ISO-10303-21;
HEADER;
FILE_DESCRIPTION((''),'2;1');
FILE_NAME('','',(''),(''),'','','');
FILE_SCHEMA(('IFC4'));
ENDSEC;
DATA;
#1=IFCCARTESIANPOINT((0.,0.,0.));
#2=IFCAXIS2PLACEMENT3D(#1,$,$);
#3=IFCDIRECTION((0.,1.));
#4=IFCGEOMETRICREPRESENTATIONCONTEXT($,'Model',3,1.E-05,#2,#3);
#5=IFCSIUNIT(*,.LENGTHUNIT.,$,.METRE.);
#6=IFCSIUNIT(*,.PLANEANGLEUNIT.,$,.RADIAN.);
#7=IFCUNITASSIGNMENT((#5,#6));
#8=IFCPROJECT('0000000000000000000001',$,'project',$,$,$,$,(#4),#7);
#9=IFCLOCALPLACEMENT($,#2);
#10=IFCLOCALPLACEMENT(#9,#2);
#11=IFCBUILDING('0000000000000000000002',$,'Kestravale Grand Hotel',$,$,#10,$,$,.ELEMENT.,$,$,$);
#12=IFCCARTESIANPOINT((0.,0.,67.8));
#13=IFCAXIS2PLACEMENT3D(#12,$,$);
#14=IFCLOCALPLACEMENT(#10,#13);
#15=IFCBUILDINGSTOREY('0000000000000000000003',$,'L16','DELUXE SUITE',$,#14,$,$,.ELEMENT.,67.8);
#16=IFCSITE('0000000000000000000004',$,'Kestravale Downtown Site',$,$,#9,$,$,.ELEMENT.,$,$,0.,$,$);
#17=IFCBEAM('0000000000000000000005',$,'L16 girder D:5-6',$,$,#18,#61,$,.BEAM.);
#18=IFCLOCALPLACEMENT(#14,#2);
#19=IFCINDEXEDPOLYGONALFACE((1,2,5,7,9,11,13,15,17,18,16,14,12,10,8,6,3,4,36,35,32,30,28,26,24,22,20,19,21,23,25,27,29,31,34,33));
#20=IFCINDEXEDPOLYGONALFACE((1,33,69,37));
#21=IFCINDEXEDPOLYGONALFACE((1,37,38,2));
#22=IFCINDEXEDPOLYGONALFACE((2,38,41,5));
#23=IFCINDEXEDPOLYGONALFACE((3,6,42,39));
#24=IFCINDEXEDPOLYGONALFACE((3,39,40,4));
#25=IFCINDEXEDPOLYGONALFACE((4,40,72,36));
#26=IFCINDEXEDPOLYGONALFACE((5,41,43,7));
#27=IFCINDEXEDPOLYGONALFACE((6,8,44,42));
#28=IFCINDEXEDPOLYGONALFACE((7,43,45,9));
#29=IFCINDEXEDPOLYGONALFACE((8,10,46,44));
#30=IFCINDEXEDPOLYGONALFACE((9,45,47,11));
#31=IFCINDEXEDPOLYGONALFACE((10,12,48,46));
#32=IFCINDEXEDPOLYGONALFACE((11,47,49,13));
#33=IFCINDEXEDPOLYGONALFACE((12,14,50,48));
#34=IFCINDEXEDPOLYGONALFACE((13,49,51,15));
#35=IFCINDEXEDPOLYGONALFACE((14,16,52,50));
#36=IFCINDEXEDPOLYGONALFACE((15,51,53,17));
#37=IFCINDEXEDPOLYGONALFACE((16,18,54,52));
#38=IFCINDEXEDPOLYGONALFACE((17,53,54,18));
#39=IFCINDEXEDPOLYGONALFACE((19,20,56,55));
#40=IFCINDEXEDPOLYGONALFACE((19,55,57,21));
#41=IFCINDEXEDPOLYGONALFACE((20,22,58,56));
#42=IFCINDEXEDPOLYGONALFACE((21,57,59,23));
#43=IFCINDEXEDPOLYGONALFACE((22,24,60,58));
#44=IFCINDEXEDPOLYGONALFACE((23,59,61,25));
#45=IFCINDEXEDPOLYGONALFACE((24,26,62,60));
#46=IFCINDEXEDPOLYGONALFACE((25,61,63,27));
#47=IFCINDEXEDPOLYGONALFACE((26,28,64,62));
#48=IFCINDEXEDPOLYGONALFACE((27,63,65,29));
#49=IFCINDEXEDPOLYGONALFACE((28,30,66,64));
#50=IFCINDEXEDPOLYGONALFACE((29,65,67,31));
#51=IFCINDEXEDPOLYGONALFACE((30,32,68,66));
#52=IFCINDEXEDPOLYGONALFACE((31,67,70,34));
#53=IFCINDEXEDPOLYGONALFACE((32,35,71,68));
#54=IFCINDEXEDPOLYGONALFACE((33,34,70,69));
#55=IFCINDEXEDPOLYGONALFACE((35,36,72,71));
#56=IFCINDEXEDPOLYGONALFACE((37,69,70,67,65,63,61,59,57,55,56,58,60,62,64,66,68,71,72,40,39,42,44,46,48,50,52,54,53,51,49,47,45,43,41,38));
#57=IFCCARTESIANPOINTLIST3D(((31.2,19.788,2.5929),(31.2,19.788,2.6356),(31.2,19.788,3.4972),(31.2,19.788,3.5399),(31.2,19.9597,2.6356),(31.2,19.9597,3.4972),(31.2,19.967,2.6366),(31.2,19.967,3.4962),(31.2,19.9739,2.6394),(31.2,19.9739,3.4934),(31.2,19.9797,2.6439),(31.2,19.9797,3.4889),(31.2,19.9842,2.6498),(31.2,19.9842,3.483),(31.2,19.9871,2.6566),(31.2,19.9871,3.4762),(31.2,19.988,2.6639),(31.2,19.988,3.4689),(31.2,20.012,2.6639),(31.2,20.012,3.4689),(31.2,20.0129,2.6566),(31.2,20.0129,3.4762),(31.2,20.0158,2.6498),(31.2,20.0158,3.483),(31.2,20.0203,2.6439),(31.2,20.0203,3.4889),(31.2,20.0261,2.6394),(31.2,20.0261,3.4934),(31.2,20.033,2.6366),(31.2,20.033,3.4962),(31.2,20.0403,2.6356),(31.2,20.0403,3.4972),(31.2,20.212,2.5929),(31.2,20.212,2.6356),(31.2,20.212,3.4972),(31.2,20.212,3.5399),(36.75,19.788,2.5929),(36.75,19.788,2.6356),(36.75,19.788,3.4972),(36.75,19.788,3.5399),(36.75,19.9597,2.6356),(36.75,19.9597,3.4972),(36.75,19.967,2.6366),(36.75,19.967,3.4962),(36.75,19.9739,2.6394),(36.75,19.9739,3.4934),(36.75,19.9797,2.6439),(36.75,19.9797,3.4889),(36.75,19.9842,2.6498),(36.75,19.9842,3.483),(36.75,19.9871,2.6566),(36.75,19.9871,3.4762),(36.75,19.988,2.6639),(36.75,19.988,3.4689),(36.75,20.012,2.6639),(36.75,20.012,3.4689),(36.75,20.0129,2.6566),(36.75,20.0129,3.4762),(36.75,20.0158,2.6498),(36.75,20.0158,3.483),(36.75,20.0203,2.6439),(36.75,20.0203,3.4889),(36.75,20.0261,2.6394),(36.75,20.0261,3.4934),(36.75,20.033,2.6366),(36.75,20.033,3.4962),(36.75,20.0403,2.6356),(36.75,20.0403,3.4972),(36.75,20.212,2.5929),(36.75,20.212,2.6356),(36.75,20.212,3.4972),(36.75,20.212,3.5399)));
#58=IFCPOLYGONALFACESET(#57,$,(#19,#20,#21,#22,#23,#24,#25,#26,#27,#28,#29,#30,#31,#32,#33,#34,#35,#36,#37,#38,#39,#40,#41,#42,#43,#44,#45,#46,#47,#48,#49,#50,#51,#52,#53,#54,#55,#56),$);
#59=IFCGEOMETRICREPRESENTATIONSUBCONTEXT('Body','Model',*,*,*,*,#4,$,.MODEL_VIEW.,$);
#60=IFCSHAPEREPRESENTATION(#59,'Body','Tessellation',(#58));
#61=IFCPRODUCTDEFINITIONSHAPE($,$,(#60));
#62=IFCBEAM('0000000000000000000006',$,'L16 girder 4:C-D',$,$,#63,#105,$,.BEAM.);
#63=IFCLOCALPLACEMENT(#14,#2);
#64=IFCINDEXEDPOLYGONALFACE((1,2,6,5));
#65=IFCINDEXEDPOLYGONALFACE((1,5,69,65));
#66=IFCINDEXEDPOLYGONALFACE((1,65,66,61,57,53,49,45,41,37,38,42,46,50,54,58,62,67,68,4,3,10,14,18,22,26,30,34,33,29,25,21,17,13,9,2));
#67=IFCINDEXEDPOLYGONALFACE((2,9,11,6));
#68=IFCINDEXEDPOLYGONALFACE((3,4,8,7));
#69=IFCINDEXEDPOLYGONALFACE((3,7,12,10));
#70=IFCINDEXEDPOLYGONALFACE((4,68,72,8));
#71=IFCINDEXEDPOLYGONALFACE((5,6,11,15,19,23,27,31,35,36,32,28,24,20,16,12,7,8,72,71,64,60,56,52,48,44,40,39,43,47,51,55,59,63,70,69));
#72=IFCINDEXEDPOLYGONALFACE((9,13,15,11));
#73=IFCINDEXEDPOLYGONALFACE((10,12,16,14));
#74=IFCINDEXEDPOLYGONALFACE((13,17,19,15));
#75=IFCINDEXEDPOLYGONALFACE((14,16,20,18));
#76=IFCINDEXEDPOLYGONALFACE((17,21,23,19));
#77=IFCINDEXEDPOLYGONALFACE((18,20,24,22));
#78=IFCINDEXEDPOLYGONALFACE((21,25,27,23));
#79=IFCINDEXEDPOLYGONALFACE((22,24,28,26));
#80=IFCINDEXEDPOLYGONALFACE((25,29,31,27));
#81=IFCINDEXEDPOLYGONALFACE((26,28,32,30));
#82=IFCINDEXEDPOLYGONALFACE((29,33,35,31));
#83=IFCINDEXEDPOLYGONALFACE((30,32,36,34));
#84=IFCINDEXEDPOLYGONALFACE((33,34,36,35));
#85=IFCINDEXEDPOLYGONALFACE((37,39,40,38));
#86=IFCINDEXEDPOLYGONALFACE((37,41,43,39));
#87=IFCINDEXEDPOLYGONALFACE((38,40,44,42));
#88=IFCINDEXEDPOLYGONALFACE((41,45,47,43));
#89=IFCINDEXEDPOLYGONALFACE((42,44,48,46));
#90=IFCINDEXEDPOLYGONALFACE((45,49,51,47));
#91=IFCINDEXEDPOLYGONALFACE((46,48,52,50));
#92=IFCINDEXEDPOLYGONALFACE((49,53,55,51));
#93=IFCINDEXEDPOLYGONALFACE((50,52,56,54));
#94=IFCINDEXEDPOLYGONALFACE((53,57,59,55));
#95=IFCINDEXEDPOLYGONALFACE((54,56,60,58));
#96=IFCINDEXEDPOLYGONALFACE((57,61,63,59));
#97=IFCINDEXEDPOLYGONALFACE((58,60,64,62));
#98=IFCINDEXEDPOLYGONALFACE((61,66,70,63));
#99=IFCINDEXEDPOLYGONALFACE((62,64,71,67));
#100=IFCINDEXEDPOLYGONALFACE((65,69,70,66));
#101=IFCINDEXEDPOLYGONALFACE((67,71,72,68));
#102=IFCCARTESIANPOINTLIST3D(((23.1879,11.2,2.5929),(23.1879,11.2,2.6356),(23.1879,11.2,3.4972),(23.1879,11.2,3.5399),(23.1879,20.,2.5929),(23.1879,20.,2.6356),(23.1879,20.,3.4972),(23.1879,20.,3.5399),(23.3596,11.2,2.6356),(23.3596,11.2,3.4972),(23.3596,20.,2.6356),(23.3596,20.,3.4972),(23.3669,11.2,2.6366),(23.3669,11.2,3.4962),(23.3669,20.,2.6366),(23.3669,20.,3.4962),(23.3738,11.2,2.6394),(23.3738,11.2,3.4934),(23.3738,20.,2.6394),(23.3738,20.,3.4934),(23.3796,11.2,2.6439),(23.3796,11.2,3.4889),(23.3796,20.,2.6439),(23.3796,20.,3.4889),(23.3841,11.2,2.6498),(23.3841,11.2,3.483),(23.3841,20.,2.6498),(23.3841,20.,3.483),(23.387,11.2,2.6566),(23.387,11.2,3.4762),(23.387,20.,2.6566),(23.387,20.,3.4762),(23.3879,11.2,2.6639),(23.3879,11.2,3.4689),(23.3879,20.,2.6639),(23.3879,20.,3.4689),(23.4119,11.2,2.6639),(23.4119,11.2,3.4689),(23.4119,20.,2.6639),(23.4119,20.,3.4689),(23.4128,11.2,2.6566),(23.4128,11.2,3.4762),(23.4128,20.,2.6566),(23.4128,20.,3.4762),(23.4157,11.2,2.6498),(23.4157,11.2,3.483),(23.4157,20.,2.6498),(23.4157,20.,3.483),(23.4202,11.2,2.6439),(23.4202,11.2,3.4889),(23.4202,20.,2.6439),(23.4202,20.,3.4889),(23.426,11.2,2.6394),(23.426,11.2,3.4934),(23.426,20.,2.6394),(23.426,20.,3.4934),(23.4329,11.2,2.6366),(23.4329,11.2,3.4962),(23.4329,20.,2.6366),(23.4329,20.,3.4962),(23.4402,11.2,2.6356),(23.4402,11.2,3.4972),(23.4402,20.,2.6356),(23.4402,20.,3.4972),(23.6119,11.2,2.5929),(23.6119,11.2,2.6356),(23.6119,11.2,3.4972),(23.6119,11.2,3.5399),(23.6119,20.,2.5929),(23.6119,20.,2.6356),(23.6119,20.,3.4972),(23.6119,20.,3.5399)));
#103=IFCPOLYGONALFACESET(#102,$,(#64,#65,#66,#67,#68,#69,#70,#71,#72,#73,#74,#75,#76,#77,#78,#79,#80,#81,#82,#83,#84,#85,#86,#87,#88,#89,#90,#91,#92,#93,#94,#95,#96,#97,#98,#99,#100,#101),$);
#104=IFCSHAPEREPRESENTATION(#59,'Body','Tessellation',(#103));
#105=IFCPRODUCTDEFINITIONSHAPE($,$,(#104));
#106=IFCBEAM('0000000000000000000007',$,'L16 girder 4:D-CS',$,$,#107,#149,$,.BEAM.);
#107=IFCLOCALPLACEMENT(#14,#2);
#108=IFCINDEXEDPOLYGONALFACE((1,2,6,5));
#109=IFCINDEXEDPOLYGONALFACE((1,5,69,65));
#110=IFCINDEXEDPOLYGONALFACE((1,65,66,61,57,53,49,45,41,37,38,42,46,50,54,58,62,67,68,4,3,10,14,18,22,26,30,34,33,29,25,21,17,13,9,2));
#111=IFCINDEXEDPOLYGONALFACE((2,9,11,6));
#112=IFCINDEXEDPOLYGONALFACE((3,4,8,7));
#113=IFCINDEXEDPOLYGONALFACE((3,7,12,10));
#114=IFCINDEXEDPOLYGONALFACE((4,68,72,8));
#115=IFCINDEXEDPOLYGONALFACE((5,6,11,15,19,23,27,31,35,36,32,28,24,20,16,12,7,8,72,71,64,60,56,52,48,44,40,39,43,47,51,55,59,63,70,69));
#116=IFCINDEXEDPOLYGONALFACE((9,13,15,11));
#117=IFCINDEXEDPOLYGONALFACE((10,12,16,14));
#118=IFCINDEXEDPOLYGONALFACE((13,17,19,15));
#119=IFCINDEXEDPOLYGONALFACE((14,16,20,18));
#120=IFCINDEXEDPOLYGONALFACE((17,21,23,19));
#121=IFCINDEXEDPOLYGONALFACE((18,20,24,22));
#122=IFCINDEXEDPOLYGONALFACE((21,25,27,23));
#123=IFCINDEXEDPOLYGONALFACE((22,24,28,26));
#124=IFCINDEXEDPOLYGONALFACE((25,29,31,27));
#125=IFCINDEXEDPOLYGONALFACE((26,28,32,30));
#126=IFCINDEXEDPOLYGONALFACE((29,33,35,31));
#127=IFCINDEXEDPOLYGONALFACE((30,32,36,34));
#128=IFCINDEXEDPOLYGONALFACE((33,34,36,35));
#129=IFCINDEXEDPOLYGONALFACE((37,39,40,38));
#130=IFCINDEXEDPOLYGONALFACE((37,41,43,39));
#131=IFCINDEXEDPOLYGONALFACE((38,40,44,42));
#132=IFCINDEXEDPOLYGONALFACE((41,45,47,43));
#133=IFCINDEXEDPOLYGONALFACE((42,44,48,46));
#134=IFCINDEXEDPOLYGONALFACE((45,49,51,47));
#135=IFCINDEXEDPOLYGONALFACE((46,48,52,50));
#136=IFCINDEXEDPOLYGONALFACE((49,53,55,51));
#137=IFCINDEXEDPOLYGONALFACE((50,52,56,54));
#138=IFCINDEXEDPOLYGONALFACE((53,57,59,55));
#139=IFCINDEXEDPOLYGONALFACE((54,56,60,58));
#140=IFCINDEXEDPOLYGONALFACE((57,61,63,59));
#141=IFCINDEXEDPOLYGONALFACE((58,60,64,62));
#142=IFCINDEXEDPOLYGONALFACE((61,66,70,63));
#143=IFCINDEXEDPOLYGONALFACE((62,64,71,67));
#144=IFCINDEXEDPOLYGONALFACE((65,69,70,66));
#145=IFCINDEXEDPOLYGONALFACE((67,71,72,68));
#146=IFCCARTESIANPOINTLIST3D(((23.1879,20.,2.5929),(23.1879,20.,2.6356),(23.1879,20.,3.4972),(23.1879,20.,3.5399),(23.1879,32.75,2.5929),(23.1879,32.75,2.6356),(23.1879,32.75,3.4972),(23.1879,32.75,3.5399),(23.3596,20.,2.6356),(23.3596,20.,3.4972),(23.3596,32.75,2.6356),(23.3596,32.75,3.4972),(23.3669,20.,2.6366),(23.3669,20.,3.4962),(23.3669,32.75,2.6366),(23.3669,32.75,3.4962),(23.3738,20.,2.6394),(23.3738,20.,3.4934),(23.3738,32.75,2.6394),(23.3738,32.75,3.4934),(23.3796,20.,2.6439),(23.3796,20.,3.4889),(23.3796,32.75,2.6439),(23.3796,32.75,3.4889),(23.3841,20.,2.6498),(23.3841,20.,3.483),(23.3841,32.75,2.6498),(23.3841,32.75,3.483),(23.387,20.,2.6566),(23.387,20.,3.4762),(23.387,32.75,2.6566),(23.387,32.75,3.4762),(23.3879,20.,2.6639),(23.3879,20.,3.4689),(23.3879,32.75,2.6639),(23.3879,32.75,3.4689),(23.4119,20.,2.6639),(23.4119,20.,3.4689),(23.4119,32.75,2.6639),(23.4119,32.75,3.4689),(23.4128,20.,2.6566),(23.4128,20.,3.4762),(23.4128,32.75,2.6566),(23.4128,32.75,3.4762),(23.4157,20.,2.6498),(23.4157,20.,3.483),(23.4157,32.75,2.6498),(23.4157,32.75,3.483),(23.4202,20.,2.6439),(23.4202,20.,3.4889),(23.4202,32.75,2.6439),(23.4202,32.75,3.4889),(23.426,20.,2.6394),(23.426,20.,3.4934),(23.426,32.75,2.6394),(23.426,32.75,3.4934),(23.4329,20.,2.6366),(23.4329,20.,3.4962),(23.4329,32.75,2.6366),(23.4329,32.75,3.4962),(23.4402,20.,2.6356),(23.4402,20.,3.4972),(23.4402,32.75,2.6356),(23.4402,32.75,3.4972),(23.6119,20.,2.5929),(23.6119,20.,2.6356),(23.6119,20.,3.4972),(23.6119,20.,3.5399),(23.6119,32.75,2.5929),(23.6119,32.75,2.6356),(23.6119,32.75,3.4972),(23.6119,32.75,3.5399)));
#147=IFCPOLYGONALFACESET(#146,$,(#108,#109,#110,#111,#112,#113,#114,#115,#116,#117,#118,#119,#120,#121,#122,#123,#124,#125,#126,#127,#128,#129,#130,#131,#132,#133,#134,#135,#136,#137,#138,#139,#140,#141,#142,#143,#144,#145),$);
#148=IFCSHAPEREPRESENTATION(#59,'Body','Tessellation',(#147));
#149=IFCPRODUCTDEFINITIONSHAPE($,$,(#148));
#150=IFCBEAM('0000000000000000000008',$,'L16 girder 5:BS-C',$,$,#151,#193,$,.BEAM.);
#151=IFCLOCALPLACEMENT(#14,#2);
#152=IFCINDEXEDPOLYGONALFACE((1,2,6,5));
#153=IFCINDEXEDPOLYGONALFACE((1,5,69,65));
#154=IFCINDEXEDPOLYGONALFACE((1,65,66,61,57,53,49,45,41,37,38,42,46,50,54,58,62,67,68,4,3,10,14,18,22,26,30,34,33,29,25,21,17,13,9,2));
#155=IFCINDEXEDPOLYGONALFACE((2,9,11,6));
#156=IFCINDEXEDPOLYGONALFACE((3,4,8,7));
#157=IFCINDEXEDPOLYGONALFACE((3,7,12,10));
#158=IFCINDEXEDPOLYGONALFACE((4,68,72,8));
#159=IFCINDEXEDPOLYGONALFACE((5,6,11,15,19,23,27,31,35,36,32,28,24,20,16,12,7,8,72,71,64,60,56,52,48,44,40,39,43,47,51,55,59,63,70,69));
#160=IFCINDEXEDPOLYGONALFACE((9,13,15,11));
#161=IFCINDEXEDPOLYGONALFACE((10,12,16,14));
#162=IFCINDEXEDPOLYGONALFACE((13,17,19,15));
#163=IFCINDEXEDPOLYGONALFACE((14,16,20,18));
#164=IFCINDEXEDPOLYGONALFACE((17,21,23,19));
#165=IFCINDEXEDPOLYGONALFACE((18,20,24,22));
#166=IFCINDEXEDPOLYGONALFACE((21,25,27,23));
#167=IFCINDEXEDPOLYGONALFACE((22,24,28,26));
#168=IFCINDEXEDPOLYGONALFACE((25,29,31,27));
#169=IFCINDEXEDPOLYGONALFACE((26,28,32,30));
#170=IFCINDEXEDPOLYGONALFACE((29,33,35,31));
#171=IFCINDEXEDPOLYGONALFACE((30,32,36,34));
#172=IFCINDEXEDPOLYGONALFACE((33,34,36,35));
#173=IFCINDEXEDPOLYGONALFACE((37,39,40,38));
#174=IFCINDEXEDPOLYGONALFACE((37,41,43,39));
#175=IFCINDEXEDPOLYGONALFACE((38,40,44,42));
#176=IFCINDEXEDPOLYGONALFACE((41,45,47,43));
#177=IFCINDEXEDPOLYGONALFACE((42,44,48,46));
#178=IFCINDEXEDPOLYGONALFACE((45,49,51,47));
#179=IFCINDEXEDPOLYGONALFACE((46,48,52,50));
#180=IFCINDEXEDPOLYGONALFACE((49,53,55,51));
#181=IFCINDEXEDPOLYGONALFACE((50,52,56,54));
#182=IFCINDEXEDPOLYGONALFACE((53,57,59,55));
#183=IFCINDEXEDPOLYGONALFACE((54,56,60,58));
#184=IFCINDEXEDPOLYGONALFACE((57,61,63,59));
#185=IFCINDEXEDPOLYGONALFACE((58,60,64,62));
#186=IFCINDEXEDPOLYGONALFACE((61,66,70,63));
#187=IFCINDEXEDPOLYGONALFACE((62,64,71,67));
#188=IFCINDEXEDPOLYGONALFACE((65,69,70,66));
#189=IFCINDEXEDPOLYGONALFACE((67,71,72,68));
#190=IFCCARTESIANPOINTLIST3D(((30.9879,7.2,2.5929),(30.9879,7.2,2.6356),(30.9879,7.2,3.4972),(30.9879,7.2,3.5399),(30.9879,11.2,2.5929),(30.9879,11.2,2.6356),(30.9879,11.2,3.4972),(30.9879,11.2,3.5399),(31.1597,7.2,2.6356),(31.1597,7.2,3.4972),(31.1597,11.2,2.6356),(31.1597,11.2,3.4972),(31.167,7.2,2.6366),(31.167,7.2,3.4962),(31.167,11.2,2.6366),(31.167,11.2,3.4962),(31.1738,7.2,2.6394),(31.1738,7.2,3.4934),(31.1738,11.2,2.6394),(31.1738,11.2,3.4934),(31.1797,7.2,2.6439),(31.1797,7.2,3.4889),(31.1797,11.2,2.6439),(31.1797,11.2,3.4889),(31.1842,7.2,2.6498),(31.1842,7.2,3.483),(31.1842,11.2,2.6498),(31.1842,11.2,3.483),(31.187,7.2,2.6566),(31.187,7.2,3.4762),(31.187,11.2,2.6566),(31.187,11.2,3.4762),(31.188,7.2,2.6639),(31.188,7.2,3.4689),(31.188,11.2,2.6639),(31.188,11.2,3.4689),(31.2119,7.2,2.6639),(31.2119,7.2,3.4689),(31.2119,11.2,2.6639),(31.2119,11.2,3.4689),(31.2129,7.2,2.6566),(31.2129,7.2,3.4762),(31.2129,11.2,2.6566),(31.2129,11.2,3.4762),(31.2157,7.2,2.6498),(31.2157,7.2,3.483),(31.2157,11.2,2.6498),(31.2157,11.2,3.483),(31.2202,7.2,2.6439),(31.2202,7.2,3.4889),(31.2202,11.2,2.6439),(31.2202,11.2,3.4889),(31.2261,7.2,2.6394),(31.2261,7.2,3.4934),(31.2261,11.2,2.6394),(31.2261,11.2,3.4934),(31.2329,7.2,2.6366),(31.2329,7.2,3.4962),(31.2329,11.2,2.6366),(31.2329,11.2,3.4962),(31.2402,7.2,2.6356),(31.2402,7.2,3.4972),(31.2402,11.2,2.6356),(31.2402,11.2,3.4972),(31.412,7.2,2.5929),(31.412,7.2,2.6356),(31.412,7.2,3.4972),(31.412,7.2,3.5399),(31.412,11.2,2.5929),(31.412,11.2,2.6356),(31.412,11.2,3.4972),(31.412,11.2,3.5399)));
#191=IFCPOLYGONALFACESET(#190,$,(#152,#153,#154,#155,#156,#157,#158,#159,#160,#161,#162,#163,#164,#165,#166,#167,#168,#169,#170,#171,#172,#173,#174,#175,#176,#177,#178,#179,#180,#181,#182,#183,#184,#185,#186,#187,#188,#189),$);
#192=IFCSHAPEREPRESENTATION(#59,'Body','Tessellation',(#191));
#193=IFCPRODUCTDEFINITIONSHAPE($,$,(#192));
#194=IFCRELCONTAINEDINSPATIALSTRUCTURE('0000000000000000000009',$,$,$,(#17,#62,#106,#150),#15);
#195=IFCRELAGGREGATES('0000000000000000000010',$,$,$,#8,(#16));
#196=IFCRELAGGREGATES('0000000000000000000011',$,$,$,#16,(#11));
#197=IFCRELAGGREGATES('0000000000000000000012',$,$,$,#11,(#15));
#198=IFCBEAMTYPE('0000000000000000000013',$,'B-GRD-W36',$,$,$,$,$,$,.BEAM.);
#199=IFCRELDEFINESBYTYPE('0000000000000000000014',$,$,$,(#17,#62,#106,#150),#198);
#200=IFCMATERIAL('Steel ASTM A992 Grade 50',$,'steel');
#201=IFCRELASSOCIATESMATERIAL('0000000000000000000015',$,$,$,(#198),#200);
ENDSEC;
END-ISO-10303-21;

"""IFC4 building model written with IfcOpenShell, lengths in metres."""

from ifc_helpers import new_model, si_unit, direction, frame, origin, origin_2d, place, context, subcontext, project, spatial, i_section, extrude, material, material_profile, profile_set, type_object, element, save


model = new_model("IFC4")

# Units and contexts
model_context = context("Model", 3, precision=1e-05, world=origin(), true_north=direction((0.0, 1.0)))
body_context = subcontext(model_context, "Body", "Model", "MODEL_VIEW")
ifc_project = project(units=[si_unit("LENGTHUNIT", "METRE"), si_unit("PLANEANGLEUNIT", "RADIAN")], contexts=[model_context])

# Site, building, storey
site_placement = place(None, origin())
site = spatial("IfcSite", under=ifc_project, at=site_placement, Name="Kestravale Downtown Site", CompositionType="ELEMENT", RefElevation=0.0)
building_placement = place(site_placement, origin())
building = spatial("IfcBuilding", under=site, at=building_placement, Name="Kestravale Grand Hotel", CompositionType="ELEMENT")
storey_placement = place(building_placement, frame((0.0, 0.0, 67.8)))
storey = spatial("IfcBuildingStorey", under=building, at=storey_placement, Name="L16", Description="DELUXE SUITE", CompositionType="ELEMENT", Elevation=67.8)

# Beams
ifc_material_1 = material(Name="Steel ASTM A992 Grade 50", Category="steel")
ifc_material_profile_1 = material_profile(ifc_material_1, i_section(OverallWidth=0.4241, OverallDepth=0.947, WebThickness=0.0239, FlangeThickness=0.0427, FilletRadius=0.0283, at=origin_2d()))
ifc_profile_set_1 = profile_set([ifc_material_profile_1], Name="Steel ASTM A992 Grade 50")
beam_type_1 = type_object("IfcBeamType", Name="B-GRD-W36", PredefinedType="BEAM", material=ifc_profile_set_1)
beam_1_placement = place(storey_placement, frame((31.2, 20.0, 3.0664), z_axis=(1.0, 0.0, 0.0), x_axis=(0.0, 1.0, 0.0)))
element("IfcBeam", 1, at=beam_1_placement, inside=storey, type_object=beam_type_1, Name="L16 girder D:5-6", PredefinedType="BEAM", context=body_context, shape_type="SweptSolid", body=[
    extrude(i_section(OverallWidth=0.4241, OverallDepth=0.947, WebThickness=0.0239, FlangeThickness=0.0427, FilletRadius=0.0283, at=origin_2d()), origin(), (0.0, 0.0, 1.0), 5.55),
])
beam_2_placement = place(storey_placement, frame((23.3999, 11.2, 3.0664), z_axis=(0.0, 1.0, 0.0), x_axis=(-1.0, 0.0, 0.0)))
element("IfcBeam", 2, at=beam_2_placement, inside=storey, type_object=beam_type_1, Name="L16 girder 4:C-D", PredefinedType="BEAM", context=body_context, shape_type="SweptSolid", body=[
    extrude(i_section(OverallWidth=0.4241, OverallDepth=0.947, WebThickness=0.0239, FlangeThickness=0.0427, FilletRadius=0.0283, at=origin_2d()), origin(), (0.0, 0.0, 1.0), 8.8),
])
beam_3_placement = place(storey_placement, frame((23.3999, 20.0, 3.0664), z_axis=(0.0, 1.0, 0.0), x_axis=(-1.0, 0.0, 0.0)))
element("IfcBeam", 3, at=beam_3_placement, inside=storey, type_object=beam_type_1, Name="L16 girder 4:D-CS", PredefinedType="BEAM", context=body_context, shape_type="SweptSolid", body=[
    extrude(i_section(OverallWidth=0.4241, OverallDepth=0.947, WebThickness=0.0239, FlangeThickness=0.0427, FilletRadius=0.0283, at=origin_2d()), origin(), (0.0, 0.0, 1.0), 12.75),
])
beam_4_placement = place(storey_placement, frame((31.2, 7.2, 3.0664), z_axis=(0.0, 1.0, 0.0), x_axis=(-1.0, 0.0, 0.0)))
element("IfcBeam", 4, at=beam_4_placement, inside=storey, type_object=beam_type_1, Name="L16 girder 5:BS-C", PredefinedType="BEAM", context=body_context, shape_type="SweptSolid", body=[
    extrude(i_section(OverallWidth=0.4241, OverallDepth=0.947, WebThickness=0.0239, FlangeThickness=0.0427, FilletRadius=0.0283, at=origin_2d()), origin(), (0.0, 0.0, 1.0), 4.0),
])

save(model, "model.ifc")
